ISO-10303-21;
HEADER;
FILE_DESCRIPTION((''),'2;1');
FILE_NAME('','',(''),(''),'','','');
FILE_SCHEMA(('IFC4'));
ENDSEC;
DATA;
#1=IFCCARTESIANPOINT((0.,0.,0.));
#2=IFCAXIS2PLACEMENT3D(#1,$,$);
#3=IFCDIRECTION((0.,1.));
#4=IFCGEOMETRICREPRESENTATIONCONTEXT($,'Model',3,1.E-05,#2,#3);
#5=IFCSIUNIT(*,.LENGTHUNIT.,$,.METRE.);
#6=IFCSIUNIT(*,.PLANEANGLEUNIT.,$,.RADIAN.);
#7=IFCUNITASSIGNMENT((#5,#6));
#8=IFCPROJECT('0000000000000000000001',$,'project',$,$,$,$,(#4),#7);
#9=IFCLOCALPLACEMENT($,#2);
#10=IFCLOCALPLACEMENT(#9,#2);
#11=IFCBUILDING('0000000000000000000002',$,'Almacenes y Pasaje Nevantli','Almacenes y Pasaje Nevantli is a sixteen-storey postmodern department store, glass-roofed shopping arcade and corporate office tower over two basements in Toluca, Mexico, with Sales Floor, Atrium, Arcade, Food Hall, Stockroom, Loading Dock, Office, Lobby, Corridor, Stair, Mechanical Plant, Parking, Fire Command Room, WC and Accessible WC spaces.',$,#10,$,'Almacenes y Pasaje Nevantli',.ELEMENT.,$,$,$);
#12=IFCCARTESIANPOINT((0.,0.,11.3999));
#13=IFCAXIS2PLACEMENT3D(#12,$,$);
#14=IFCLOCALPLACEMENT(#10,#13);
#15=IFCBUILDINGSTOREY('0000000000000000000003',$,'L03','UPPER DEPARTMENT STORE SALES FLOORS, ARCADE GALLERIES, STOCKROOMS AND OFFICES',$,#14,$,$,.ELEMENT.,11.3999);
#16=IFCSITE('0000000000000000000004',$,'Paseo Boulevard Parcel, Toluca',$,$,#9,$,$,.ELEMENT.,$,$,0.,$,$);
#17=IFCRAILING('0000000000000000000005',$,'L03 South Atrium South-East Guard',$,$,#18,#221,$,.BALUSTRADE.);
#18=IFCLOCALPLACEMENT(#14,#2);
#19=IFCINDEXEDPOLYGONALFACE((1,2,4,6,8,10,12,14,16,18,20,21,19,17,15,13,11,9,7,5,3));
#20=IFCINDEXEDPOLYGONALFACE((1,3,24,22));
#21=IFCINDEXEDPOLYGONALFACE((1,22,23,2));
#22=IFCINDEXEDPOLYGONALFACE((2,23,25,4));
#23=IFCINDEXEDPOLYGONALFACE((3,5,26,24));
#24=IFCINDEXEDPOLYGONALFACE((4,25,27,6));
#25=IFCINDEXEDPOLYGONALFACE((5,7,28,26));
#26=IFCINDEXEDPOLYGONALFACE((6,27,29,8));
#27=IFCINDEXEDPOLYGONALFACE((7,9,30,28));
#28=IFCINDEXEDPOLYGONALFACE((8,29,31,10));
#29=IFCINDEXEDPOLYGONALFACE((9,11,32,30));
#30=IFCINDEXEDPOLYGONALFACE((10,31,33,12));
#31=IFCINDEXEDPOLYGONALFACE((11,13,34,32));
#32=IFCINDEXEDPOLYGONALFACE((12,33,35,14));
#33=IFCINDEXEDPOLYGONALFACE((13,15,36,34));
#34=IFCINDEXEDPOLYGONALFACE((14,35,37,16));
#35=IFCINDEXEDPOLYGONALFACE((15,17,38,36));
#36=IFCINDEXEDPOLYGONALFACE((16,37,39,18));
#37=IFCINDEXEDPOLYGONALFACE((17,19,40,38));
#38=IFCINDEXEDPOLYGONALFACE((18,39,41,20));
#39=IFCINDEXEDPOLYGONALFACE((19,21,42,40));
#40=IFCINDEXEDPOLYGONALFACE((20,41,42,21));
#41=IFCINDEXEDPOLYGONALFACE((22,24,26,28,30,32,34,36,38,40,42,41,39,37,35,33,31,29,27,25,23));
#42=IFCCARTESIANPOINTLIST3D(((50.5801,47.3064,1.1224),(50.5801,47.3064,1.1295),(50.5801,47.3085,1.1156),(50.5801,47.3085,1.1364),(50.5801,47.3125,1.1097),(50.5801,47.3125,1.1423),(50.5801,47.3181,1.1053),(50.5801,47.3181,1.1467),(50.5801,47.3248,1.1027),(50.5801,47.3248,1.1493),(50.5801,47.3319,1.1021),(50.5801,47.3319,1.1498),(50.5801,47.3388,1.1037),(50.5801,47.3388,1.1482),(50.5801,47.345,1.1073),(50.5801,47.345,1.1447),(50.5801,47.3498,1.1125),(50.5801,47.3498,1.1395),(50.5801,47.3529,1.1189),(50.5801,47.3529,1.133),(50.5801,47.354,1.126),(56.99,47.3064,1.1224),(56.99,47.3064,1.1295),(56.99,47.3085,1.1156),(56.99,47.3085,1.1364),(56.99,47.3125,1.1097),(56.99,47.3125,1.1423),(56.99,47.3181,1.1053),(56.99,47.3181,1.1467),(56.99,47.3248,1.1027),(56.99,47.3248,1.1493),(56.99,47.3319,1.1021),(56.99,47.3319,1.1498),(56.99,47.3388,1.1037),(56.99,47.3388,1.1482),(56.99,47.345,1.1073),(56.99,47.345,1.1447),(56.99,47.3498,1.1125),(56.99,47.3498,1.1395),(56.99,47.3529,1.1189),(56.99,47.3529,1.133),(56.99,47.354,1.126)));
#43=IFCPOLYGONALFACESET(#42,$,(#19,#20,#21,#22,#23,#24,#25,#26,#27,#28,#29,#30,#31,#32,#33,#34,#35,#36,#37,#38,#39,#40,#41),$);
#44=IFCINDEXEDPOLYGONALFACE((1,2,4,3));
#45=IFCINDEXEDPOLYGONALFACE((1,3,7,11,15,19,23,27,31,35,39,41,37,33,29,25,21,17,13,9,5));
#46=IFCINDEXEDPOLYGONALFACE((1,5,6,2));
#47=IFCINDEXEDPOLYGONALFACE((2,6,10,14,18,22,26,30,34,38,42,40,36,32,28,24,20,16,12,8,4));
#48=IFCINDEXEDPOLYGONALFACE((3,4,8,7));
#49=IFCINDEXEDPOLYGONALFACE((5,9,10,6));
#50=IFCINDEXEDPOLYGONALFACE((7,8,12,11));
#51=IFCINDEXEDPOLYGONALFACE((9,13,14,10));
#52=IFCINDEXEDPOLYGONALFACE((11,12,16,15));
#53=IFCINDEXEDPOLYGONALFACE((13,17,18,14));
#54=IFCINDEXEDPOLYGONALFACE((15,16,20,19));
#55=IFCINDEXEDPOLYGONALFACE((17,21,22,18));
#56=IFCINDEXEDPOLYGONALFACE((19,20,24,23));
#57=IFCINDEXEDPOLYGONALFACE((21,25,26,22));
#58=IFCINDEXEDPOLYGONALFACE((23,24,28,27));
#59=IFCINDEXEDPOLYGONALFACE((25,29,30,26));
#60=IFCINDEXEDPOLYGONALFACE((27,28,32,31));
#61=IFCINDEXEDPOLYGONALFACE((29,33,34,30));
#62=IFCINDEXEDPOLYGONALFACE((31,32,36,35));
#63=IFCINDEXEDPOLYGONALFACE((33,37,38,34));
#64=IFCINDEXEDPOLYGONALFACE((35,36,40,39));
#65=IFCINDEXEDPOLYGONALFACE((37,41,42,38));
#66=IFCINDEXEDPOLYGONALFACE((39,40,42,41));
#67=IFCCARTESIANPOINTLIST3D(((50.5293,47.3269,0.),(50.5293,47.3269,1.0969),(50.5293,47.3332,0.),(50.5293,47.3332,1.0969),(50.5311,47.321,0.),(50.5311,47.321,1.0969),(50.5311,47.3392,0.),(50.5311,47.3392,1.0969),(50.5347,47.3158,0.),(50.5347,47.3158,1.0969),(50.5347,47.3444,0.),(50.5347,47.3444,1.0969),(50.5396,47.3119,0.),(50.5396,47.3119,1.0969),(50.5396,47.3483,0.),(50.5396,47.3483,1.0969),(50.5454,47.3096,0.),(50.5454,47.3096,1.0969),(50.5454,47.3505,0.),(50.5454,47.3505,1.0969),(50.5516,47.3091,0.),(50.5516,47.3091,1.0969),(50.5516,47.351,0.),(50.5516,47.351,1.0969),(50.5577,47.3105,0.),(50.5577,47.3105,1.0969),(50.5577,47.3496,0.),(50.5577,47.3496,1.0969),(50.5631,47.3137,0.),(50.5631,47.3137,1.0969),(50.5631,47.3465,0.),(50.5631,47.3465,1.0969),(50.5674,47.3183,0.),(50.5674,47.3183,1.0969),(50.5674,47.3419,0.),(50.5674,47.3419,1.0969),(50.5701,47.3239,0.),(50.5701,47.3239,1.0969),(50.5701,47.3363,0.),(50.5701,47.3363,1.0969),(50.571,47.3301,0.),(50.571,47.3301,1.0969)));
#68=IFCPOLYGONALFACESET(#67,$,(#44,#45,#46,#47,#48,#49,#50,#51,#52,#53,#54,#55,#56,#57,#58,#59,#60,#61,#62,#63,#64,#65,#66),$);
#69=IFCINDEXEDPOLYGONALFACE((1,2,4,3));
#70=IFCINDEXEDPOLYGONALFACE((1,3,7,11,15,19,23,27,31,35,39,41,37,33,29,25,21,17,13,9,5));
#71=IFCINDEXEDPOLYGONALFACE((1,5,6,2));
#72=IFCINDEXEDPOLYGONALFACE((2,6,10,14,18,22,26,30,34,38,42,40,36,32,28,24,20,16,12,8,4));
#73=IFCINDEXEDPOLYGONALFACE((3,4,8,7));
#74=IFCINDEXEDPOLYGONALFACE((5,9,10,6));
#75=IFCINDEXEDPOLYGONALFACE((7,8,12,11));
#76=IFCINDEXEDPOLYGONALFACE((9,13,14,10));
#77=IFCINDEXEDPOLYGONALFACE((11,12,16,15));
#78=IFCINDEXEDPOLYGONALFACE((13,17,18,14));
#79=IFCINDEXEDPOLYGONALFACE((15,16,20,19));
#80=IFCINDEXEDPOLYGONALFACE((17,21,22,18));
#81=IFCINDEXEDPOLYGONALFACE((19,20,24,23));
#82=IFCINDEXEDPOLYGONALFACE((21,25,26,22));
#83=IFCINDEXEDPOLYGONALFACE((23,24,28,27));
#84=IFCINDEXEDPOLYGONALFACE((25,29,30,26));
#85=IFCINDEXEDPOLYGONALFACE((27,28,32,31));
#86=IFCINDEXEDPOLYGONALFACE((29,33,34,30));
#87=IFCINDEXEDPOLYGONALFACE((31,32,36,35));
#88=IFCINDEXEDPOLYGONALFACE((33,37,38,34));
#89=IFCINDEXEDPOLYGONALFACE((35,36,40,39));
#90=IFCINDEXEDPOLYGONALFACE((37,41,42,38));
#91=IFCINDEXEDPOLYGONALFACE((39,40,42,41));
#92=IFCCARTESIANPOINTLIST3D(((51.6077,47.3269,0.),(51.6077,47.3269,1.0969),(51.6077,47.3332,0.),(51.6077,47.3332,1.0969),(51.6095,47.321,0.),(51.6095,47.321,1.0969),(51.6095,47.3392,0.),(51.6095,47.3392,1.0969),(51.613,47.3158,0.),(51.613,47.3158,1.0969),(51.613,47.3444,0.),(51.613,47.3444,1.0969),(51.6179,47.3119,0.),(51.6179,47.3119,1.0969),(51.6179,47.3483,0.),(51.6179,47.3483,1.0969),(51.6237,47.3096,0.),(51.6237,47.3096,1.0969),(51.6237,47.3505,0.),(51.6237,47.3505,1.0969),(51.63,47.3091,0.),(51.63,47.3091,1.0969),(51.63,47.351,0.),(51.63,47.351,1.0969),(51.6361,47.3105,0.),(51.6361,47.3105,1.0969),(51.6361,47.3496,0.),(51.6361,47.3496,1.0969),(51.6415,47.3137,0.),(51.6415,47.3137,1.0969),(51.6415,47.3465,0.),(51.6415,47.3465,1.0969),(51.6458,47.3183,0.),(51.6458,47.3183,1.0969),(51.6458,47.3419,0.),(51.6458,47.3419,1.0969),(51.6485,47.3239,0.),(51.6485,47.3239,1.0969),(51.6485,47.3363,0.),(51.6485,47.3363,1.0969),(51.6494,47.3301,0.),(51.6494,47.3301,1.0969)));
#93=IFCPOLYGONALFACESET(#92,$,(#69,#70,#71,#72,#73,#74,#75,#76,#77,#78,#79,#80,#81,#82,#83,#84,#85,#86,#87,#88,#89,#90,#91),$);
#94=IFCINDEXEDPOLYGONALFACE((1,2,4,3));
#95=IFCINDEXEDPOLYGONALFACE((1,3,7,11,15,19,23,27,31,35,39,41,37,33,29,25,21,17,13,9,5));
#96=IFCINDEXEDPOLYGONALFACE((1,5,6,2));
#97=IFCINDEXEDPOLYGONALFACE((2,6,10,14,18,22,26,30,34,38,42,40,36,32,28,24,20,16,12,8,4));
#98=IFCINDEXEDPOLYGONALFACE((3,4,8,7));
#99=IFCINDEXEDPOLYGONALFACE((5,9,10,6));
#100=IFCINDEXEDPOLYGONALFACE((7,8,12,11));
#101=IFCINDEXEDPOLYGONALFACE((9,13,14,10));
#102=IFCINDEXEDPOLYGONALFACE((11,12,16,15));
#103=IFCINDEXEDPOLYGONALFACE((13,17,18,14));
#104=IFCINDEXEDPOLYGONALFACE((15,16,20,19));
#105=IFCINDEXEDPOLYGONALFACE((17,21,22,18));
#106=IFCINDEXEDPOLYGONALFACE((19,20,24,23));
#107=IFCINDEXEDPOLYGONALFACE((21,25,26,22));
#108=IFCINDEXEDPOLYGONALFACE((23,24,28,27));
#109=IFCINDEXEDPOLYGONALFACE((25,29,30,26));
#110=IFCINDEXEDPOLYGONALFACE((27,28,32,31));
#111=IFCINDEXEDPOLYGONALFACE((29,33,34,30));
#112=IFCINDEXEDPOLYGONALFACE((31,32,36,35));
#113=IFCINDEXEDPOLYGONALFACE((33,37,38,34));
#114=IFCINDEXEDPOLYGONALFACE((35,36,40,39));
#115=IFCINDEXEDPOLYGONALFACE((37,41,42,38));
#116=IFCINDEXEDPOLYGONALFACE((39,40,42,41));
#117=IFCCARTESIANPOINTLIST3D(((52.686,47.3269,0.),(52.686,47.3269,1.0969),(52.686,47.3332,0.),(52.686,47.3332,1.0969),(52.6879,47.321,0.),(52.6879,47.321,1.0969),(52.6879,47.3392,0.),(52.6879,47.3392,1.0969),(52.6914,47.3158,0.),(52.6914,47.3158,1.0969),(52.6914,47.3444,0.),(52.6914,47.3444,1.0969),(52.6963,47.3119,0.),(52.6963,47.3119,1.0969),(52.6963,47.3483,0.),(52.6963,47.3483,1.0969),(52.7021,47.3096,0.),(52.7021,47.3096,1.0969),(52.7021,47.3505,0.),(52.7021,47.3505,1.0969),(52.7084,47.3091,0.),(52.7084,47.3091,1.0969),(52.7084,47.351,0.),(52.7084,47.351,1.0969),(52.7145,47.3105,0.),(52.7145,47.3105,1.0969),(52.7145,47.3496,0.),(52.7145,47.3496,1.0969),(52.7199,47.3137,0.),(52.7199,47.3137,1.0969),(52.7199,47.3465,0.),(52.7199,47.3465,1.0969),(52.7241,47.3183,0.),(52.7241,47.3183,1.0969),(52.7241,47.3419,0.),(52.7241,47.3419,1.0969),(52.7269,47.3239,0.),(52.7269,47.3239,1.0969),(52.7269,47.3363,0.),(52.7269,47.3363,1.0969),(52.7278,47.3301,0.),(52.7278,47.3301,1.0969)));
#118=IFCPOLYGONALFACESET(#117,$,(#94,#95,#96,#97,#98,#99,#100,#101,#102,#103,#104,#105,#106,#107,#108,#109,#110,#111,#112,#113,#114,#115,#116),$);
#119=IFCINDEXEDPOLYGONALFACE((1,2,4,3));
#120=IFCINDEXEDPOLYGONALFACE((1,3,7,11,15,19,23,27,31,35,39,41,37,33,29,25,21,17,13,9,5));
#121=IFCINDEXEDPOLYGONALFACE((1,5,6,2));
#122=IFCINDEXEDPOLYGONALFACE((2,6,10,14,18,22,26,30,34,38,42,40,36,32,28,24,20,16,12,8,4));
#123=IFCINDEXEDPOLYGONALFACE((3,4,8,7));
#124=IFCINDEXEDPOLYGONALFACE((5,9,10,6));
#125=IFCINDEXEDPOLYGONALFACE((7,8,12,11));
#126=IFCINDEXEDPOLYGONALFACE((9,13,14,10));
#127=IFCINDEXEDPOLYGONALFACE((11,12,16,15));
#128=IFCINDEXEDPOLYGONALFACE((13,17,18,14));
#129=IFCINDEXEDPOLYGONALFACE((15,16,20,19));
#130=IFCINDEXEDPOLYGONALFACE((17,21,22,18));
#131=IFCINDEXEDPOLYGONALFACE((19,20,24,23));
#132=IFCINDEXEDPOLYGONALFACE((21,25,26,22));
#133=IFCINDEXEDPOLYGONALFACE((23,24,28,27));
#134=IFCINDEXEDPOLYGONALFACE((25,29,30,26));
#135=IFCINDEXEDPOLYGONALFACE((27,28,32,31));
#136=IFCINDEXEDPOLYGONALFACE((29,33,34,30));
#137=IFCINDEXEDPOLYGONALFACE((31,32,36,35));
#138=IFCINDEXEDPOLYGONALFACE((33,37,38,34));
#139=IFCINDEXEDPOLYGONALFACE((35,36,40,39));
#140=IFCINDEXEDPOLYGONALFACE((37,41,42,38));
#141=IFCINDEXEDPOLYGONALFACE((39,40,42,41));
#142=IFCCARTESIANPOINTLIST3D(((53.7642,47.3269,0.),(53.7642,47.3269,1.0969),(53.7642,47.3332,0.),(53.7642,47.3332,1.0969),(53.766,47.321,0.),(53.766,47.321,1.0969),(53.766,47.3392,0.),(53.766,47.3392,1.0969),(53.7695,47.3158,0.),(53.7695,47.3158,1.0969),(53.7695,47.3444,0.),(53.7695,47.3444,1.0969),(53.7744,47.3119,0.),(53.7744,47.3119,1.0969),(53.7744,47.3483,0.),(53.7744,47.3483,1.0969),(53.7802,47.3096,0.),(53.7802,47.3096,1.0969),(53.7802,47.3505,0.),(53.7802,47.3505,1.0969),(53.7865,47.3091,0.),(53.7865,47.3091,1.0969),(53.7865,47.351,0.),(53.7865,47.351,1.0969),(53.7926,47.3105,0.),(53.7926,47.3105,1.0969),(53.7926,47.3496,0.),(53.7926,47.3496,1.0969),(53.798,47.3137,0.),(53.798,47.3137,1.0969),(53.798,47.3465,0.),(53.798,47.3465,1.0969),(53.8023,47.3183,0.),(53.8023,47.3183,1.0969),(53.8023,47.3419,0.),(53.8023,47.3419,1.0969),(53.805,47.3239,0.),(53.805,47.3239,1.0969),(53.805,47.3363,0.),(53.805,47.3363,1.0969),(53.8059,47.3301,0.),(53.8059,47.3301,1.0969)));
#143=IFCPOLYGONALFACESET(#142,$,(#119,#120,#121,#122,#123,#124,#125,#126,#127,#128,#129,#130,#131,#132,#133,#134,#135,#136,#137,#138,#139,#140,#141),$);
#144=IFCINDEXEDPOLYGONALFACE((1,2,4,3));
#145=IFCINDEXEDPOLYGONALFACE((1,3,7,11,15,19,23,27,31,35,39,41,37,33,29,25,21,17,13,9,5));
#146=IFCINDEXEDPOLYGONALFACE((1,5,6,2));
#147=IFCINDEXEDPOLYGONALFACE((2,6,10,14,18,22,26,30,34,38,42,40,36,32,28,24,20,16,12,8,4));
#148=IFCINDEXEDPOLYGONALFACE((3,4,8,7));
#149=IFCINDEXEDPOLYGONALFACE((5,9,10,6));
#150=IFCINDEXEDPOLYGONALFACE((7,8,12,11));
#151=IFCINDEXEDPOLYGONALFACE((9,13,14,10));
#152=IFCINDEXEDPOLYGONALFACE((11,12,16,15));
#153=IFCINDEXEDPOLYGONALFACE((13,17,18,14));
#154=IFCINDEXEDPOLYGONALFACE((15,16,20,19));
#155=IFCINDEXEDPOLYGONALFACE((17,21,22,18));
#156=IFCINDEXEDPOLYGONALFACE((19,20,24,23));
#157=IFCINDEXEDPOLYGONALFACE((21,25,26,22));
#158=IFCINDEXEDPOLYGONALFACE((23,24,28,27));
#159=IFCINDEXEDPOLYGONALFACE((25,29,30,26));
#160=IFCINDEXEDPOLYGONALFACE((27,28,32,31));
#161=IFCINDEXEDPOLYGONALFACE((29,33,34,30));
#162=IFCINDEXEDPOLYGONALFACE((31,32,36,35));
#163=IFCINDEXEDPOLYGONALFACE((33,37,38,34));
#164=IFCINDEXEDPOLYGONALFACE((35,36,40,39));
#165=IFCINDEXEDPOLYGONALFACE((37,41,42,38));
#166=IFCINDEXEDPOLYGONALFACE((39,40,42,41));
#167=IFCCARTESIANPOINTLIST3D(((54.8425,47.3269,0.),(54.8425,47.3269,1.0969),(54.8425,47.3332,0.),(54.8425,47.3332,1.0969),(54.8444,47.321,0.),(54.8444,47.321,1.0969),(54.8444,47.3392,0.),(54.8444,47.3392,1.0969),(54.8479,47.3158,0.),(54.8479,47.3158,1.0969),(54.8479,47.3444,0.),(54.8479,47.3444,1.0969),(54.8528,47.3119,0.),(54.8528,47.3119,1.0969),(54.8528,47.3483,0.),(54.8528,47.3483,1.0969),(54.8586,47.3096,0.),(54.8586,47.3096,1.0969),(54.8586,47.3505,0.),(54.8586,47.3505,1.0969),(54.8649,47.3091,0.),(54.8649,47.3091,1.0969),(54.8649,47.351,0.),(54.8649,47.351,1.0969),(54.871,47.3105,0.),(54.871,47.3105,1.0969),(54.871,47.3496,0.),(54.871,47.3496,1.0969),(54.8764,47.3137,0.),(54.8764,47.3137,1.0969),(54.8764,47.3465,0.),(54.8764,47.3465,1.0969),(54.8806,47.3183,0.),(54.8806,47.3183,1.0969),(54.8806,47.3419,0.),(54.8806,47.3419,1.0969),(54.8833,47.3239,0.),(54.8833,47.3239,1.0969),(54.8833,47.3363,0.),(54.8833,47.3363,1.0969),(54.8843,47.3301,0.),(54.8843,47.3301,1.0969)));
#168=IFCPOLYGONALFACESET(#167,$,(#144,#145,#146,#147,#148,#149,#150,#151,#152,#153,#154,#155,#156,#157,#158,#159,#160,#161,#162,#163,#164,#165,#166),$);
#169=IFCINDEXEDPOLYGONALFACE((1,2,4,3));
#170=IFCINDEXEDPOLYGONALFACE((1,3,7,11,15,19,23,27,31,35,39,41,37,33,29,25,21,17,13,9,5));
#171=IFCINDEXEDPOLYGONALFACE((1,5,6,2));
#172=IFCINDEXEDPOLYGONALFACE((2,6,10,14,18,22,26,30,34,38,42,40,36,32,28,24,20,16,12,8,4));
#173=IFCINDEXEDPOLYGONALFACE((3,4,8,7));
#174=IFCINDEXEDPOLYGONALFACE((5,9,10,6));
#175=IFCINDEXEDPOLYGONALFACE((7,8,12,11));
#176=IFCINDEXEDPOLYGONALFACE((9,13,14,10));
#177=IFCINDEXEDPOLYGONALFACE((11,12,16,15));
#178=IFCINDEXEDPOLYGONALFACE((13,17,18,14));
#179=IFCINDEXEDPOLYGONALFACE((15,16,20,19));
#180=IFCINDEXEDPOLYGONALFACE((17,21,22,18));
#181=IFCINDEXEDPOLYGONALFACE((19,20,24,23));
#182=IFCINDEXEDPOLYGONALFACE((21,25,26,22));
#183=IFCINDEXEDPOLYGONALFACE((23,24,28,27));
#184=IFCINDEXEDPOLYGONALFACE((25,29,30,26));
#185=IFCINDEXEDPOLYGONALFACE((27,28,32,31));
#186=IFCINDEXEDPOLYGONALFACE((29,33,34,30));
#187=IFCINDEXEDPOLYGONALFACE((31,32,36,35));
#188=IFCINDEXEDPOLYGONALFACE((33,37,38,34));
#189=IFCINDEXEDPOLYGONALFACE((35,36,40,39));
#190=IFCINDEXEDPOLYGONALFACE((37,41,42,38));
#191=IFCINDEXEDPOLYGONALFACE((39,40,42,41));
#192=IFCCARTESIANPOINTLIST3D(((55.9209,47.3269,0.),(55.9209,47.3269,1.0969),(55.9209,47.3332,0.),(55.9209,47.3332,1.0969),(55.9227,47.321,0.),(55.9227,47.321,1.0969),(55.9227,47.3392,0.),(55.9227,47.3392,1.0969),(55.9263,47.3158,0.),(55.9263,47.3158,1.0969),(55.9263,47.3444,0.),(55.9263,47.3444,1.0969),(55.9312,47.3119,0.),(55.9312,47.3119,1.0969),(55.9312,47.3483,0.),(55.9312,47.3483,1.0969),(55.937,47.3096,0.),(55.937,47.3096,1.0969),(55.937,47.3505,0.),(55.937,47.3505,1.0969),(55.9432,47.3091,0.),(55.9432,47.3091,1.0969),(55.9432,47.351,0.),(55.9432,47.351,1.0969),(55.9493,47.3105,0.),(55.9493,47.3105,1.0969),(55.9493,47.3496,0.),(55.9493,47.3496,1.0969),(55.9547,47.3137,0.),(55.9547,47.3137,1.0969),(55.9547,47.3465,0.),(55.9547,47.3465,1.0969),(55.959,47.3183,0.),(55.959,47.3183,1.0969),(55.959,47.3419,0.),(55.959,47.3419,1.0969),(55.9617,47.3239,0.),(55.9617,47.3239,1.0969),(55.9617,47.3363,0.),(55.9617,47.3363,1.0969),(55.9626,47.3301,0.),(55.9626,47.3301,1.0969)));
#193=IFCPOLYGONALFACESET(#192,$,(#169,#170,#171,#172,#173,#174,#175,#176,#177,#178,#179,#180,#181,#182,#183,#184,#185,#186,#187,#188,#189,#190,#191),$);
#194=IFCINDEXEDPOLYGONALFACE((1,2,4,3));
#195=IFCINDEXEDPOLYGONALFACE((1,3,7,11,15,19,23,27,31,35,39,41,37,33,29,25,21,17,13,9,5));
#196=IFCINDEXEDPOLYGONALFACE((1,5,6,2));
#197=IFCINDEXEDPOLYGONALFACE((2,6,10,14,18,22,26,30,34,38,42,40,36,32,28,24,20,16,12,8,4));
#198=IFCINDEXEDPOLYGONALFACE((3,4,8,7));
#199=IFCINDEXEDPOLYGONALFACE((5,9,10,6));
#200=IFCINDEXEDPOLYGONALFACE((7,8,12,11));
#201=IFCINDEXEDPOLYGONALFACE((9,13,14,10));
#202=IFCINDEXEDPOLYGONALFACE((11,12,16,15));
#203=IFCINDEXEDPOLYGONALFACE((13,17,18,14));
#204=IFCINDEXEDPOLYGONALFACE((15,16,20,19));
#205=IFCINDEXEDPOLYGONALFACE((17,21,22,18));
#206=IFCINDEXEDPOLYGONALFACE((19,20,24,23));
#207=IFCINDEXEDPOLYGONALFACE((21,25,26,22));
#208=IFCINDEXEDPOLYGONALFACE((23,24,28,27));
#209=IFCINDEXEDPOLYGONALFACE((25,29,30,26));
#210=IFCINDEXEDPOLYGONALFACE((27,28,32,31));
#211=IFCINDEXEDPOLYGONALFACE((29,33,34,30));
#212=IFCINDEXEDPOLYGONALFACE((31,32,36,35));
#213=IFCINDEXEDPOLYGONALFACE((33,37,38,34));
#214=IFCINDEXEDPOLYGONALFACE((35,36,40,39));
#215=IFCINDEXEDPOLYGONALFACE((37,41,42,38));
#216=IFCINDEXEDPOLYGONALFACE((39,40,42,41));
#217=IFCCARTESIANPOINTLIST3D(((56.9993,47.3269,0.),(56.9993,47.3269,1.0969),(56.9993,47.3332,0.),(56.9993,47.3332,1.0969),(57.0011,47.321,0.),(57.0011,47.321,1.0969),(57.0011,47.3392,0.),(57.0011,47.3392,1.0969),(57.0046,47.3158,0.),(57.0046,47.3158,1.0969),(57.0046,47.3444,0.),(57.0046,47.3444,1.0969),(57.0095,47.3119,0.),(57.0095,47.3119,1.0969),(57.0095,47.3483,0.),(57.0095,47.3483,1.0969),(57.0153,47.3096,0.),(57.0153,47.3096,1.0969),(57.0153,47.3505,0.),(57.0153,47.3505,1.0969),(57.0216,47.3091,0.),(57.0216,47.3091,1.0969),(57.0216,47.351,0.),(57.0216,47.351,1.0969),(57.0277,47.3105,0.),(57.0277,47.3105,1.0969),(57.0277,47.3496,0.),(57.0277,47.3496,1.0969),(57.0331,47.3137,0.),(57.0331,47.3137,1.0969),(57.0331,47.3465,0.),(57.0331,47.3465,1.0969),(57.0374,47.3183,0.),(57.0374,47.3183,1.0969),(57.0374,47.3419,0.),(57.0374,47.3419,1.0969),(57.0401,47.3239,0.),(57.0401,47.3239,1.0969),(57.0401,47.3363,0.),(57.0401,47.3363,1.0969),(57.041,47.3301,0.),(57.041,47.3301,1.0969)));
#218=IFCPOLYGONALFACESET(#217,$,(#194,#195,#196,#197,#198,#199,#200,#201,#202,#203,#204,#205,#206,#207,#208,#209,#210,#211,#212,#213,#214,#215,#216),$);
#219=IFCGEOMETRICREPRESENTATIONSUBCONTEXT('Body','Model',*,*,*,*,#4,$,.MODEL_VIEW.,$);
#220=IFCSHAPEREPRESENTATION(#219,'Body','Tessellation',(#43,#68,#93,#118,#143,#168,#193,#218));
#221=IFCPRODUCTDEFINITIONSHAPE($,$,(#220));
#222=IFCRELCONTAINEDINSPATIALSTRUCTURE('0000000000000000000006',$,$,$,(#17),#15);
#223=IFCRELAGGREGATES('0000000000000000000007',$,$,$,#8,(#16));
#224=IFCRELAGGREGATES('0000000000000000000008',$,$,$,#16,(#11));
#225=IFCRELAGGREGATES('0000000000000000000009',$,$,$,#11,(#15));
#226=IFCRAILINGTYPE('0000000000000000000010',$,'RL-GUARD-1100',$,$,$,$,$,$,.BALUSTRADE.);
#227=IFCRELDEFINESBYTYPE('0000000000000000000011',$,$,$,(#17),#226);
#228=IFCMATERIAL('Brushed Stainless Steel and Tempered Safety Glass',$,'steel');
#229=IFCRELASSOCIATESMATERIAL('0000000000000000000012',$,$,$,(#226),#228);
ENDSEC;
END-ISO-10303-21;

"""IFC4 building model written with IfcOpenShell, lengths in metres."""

from ifc_helpers import new_model, si_unit, direction, frame, origin, origin_2d, place, context, subcontext, project, spatial, circle, extrude, material, type_object, element, save


model = new_model("IFC4")

# Units and contexts
model_context = context("Model", 3, precision=1e-05, world=origin(), true_north=direction((0.0, 1.0)))
body_context = subcontext(model_context, "Body", "Model", "MODEL_VIEW")
ifc_project = project(units=[si_unit("LENGTHUNIT", "METRE"), si_unit("PLANEANGLEUNIT", "RADIAN")], contexts=[model_context])

# Site, building, storey
site_placement = place(None, origin())
site = spatial("IfcSite", under=ifc_project, at=site_placement, Name="Paseo Boulevard Parcel, Toluca", CompositionType="ELEMENT", RefElevation=0.0)
building_placement = place(site_placement, origin())
building = spatial("IfcBuilding", under=site, at=building_placement, Name="Almacenes y Pasaje Nevantli", Description="Almacenes y Pasaje Nevantli is a sixteen-storey postmodern department store, glass-roofed shopping arcade and corporate office tower over two basements in Toluca, Mexico, with Sales Floor, Atrium, Arcade, Food Hall, Stockroom, Loading Dock, Office, Lobby, Corridor, Stair, Mechanical Plant, Parking, Fire Command Room, WC and Accessible WC spaces.", LongName="Almacenes y Pasaje Nevantli", CompositionType="ELEMENT")
storey_placement = place(building_placement, frame((0.0, 0.0, 11.3999)))
storey = spatial("IfcBuildingStorey", under=building, at=storey_placement, Name="L03", Description="UPPER DEPARTMENT STORE SALES FLOORS, ARCADE GALLERIES, STOCKROOMS AND OFFICES", CompositionType="ELEMENT", Elevation=11.3999)

# Railing
ifc_material_1 = material(Name="Brushed Stainless Steel and Tempered Safety Glass", Category="steel")
railing_type = type_object("IfcRailingType", Name="RL-GUARD-1100", PredefinedType="BALUSTRADE", material=ifc_material_1)
railing_1_placement = place(storey_placement, frame((50.55, 47.3301, 0.0)))
element("IfcRailing", 1, at=railing_1_placement, inside=storey, type_object=railing_type, Name="L03 South Atrium South-East Guard", PredefinedType="BALUSTRADE", context=body_context, shape_type="SweptSolid", body=[
    extrude(circle(Radius=0.0239, at=origin_2d()), frame((0.03, 0.0, 1.126), z_axis=(1.0, 0.0, 0.0), x_axis=(0.0, 1.0, 0.0)), (0.0, 0.0, 1.0), 6.4099),
    extrude(circle(Radius=0.021, at=origin_2d()), origin(), (0.0, 0.0, 1.0), 1.0969),
    extrude(circle(Radius=0.021, at=origin_2d()), frame((1.0784, 0.0, 0.0)), (0.0, 0.0, 1.0), 1.0969),
    extrude(circle(Radius=0.021, at=origin_2d()), frame((2.1567, 0.0, 0.0)), (0.0, 0.0, 1.0), 1.0969),
    extrude(circle(Radius=0.021, at=origin_2d()), frame((3.2349, 0.0, 0.0)), (0.0, 0.0, 1.0), 1.0969),
    extrude(circle(Radius=0.021, at=origin_2d()), frame((4.3132, 0.0, 0.0)), (0.0, 0.0, 1.0), 1.0969),
    extrude(circle(Radius=0.021, at=origin_2d()), frame((5.3916, 0.0, 0.0)), (0.0, 0.0, 1.0), 1.0969),
    extrude(circle(Radius=0.021, at=origin_2d()), frame((6.47, 0.0, 0.0)), (0.0, 0.0, 1.0), 1.0969),
])

save(model, "model.ifc")
